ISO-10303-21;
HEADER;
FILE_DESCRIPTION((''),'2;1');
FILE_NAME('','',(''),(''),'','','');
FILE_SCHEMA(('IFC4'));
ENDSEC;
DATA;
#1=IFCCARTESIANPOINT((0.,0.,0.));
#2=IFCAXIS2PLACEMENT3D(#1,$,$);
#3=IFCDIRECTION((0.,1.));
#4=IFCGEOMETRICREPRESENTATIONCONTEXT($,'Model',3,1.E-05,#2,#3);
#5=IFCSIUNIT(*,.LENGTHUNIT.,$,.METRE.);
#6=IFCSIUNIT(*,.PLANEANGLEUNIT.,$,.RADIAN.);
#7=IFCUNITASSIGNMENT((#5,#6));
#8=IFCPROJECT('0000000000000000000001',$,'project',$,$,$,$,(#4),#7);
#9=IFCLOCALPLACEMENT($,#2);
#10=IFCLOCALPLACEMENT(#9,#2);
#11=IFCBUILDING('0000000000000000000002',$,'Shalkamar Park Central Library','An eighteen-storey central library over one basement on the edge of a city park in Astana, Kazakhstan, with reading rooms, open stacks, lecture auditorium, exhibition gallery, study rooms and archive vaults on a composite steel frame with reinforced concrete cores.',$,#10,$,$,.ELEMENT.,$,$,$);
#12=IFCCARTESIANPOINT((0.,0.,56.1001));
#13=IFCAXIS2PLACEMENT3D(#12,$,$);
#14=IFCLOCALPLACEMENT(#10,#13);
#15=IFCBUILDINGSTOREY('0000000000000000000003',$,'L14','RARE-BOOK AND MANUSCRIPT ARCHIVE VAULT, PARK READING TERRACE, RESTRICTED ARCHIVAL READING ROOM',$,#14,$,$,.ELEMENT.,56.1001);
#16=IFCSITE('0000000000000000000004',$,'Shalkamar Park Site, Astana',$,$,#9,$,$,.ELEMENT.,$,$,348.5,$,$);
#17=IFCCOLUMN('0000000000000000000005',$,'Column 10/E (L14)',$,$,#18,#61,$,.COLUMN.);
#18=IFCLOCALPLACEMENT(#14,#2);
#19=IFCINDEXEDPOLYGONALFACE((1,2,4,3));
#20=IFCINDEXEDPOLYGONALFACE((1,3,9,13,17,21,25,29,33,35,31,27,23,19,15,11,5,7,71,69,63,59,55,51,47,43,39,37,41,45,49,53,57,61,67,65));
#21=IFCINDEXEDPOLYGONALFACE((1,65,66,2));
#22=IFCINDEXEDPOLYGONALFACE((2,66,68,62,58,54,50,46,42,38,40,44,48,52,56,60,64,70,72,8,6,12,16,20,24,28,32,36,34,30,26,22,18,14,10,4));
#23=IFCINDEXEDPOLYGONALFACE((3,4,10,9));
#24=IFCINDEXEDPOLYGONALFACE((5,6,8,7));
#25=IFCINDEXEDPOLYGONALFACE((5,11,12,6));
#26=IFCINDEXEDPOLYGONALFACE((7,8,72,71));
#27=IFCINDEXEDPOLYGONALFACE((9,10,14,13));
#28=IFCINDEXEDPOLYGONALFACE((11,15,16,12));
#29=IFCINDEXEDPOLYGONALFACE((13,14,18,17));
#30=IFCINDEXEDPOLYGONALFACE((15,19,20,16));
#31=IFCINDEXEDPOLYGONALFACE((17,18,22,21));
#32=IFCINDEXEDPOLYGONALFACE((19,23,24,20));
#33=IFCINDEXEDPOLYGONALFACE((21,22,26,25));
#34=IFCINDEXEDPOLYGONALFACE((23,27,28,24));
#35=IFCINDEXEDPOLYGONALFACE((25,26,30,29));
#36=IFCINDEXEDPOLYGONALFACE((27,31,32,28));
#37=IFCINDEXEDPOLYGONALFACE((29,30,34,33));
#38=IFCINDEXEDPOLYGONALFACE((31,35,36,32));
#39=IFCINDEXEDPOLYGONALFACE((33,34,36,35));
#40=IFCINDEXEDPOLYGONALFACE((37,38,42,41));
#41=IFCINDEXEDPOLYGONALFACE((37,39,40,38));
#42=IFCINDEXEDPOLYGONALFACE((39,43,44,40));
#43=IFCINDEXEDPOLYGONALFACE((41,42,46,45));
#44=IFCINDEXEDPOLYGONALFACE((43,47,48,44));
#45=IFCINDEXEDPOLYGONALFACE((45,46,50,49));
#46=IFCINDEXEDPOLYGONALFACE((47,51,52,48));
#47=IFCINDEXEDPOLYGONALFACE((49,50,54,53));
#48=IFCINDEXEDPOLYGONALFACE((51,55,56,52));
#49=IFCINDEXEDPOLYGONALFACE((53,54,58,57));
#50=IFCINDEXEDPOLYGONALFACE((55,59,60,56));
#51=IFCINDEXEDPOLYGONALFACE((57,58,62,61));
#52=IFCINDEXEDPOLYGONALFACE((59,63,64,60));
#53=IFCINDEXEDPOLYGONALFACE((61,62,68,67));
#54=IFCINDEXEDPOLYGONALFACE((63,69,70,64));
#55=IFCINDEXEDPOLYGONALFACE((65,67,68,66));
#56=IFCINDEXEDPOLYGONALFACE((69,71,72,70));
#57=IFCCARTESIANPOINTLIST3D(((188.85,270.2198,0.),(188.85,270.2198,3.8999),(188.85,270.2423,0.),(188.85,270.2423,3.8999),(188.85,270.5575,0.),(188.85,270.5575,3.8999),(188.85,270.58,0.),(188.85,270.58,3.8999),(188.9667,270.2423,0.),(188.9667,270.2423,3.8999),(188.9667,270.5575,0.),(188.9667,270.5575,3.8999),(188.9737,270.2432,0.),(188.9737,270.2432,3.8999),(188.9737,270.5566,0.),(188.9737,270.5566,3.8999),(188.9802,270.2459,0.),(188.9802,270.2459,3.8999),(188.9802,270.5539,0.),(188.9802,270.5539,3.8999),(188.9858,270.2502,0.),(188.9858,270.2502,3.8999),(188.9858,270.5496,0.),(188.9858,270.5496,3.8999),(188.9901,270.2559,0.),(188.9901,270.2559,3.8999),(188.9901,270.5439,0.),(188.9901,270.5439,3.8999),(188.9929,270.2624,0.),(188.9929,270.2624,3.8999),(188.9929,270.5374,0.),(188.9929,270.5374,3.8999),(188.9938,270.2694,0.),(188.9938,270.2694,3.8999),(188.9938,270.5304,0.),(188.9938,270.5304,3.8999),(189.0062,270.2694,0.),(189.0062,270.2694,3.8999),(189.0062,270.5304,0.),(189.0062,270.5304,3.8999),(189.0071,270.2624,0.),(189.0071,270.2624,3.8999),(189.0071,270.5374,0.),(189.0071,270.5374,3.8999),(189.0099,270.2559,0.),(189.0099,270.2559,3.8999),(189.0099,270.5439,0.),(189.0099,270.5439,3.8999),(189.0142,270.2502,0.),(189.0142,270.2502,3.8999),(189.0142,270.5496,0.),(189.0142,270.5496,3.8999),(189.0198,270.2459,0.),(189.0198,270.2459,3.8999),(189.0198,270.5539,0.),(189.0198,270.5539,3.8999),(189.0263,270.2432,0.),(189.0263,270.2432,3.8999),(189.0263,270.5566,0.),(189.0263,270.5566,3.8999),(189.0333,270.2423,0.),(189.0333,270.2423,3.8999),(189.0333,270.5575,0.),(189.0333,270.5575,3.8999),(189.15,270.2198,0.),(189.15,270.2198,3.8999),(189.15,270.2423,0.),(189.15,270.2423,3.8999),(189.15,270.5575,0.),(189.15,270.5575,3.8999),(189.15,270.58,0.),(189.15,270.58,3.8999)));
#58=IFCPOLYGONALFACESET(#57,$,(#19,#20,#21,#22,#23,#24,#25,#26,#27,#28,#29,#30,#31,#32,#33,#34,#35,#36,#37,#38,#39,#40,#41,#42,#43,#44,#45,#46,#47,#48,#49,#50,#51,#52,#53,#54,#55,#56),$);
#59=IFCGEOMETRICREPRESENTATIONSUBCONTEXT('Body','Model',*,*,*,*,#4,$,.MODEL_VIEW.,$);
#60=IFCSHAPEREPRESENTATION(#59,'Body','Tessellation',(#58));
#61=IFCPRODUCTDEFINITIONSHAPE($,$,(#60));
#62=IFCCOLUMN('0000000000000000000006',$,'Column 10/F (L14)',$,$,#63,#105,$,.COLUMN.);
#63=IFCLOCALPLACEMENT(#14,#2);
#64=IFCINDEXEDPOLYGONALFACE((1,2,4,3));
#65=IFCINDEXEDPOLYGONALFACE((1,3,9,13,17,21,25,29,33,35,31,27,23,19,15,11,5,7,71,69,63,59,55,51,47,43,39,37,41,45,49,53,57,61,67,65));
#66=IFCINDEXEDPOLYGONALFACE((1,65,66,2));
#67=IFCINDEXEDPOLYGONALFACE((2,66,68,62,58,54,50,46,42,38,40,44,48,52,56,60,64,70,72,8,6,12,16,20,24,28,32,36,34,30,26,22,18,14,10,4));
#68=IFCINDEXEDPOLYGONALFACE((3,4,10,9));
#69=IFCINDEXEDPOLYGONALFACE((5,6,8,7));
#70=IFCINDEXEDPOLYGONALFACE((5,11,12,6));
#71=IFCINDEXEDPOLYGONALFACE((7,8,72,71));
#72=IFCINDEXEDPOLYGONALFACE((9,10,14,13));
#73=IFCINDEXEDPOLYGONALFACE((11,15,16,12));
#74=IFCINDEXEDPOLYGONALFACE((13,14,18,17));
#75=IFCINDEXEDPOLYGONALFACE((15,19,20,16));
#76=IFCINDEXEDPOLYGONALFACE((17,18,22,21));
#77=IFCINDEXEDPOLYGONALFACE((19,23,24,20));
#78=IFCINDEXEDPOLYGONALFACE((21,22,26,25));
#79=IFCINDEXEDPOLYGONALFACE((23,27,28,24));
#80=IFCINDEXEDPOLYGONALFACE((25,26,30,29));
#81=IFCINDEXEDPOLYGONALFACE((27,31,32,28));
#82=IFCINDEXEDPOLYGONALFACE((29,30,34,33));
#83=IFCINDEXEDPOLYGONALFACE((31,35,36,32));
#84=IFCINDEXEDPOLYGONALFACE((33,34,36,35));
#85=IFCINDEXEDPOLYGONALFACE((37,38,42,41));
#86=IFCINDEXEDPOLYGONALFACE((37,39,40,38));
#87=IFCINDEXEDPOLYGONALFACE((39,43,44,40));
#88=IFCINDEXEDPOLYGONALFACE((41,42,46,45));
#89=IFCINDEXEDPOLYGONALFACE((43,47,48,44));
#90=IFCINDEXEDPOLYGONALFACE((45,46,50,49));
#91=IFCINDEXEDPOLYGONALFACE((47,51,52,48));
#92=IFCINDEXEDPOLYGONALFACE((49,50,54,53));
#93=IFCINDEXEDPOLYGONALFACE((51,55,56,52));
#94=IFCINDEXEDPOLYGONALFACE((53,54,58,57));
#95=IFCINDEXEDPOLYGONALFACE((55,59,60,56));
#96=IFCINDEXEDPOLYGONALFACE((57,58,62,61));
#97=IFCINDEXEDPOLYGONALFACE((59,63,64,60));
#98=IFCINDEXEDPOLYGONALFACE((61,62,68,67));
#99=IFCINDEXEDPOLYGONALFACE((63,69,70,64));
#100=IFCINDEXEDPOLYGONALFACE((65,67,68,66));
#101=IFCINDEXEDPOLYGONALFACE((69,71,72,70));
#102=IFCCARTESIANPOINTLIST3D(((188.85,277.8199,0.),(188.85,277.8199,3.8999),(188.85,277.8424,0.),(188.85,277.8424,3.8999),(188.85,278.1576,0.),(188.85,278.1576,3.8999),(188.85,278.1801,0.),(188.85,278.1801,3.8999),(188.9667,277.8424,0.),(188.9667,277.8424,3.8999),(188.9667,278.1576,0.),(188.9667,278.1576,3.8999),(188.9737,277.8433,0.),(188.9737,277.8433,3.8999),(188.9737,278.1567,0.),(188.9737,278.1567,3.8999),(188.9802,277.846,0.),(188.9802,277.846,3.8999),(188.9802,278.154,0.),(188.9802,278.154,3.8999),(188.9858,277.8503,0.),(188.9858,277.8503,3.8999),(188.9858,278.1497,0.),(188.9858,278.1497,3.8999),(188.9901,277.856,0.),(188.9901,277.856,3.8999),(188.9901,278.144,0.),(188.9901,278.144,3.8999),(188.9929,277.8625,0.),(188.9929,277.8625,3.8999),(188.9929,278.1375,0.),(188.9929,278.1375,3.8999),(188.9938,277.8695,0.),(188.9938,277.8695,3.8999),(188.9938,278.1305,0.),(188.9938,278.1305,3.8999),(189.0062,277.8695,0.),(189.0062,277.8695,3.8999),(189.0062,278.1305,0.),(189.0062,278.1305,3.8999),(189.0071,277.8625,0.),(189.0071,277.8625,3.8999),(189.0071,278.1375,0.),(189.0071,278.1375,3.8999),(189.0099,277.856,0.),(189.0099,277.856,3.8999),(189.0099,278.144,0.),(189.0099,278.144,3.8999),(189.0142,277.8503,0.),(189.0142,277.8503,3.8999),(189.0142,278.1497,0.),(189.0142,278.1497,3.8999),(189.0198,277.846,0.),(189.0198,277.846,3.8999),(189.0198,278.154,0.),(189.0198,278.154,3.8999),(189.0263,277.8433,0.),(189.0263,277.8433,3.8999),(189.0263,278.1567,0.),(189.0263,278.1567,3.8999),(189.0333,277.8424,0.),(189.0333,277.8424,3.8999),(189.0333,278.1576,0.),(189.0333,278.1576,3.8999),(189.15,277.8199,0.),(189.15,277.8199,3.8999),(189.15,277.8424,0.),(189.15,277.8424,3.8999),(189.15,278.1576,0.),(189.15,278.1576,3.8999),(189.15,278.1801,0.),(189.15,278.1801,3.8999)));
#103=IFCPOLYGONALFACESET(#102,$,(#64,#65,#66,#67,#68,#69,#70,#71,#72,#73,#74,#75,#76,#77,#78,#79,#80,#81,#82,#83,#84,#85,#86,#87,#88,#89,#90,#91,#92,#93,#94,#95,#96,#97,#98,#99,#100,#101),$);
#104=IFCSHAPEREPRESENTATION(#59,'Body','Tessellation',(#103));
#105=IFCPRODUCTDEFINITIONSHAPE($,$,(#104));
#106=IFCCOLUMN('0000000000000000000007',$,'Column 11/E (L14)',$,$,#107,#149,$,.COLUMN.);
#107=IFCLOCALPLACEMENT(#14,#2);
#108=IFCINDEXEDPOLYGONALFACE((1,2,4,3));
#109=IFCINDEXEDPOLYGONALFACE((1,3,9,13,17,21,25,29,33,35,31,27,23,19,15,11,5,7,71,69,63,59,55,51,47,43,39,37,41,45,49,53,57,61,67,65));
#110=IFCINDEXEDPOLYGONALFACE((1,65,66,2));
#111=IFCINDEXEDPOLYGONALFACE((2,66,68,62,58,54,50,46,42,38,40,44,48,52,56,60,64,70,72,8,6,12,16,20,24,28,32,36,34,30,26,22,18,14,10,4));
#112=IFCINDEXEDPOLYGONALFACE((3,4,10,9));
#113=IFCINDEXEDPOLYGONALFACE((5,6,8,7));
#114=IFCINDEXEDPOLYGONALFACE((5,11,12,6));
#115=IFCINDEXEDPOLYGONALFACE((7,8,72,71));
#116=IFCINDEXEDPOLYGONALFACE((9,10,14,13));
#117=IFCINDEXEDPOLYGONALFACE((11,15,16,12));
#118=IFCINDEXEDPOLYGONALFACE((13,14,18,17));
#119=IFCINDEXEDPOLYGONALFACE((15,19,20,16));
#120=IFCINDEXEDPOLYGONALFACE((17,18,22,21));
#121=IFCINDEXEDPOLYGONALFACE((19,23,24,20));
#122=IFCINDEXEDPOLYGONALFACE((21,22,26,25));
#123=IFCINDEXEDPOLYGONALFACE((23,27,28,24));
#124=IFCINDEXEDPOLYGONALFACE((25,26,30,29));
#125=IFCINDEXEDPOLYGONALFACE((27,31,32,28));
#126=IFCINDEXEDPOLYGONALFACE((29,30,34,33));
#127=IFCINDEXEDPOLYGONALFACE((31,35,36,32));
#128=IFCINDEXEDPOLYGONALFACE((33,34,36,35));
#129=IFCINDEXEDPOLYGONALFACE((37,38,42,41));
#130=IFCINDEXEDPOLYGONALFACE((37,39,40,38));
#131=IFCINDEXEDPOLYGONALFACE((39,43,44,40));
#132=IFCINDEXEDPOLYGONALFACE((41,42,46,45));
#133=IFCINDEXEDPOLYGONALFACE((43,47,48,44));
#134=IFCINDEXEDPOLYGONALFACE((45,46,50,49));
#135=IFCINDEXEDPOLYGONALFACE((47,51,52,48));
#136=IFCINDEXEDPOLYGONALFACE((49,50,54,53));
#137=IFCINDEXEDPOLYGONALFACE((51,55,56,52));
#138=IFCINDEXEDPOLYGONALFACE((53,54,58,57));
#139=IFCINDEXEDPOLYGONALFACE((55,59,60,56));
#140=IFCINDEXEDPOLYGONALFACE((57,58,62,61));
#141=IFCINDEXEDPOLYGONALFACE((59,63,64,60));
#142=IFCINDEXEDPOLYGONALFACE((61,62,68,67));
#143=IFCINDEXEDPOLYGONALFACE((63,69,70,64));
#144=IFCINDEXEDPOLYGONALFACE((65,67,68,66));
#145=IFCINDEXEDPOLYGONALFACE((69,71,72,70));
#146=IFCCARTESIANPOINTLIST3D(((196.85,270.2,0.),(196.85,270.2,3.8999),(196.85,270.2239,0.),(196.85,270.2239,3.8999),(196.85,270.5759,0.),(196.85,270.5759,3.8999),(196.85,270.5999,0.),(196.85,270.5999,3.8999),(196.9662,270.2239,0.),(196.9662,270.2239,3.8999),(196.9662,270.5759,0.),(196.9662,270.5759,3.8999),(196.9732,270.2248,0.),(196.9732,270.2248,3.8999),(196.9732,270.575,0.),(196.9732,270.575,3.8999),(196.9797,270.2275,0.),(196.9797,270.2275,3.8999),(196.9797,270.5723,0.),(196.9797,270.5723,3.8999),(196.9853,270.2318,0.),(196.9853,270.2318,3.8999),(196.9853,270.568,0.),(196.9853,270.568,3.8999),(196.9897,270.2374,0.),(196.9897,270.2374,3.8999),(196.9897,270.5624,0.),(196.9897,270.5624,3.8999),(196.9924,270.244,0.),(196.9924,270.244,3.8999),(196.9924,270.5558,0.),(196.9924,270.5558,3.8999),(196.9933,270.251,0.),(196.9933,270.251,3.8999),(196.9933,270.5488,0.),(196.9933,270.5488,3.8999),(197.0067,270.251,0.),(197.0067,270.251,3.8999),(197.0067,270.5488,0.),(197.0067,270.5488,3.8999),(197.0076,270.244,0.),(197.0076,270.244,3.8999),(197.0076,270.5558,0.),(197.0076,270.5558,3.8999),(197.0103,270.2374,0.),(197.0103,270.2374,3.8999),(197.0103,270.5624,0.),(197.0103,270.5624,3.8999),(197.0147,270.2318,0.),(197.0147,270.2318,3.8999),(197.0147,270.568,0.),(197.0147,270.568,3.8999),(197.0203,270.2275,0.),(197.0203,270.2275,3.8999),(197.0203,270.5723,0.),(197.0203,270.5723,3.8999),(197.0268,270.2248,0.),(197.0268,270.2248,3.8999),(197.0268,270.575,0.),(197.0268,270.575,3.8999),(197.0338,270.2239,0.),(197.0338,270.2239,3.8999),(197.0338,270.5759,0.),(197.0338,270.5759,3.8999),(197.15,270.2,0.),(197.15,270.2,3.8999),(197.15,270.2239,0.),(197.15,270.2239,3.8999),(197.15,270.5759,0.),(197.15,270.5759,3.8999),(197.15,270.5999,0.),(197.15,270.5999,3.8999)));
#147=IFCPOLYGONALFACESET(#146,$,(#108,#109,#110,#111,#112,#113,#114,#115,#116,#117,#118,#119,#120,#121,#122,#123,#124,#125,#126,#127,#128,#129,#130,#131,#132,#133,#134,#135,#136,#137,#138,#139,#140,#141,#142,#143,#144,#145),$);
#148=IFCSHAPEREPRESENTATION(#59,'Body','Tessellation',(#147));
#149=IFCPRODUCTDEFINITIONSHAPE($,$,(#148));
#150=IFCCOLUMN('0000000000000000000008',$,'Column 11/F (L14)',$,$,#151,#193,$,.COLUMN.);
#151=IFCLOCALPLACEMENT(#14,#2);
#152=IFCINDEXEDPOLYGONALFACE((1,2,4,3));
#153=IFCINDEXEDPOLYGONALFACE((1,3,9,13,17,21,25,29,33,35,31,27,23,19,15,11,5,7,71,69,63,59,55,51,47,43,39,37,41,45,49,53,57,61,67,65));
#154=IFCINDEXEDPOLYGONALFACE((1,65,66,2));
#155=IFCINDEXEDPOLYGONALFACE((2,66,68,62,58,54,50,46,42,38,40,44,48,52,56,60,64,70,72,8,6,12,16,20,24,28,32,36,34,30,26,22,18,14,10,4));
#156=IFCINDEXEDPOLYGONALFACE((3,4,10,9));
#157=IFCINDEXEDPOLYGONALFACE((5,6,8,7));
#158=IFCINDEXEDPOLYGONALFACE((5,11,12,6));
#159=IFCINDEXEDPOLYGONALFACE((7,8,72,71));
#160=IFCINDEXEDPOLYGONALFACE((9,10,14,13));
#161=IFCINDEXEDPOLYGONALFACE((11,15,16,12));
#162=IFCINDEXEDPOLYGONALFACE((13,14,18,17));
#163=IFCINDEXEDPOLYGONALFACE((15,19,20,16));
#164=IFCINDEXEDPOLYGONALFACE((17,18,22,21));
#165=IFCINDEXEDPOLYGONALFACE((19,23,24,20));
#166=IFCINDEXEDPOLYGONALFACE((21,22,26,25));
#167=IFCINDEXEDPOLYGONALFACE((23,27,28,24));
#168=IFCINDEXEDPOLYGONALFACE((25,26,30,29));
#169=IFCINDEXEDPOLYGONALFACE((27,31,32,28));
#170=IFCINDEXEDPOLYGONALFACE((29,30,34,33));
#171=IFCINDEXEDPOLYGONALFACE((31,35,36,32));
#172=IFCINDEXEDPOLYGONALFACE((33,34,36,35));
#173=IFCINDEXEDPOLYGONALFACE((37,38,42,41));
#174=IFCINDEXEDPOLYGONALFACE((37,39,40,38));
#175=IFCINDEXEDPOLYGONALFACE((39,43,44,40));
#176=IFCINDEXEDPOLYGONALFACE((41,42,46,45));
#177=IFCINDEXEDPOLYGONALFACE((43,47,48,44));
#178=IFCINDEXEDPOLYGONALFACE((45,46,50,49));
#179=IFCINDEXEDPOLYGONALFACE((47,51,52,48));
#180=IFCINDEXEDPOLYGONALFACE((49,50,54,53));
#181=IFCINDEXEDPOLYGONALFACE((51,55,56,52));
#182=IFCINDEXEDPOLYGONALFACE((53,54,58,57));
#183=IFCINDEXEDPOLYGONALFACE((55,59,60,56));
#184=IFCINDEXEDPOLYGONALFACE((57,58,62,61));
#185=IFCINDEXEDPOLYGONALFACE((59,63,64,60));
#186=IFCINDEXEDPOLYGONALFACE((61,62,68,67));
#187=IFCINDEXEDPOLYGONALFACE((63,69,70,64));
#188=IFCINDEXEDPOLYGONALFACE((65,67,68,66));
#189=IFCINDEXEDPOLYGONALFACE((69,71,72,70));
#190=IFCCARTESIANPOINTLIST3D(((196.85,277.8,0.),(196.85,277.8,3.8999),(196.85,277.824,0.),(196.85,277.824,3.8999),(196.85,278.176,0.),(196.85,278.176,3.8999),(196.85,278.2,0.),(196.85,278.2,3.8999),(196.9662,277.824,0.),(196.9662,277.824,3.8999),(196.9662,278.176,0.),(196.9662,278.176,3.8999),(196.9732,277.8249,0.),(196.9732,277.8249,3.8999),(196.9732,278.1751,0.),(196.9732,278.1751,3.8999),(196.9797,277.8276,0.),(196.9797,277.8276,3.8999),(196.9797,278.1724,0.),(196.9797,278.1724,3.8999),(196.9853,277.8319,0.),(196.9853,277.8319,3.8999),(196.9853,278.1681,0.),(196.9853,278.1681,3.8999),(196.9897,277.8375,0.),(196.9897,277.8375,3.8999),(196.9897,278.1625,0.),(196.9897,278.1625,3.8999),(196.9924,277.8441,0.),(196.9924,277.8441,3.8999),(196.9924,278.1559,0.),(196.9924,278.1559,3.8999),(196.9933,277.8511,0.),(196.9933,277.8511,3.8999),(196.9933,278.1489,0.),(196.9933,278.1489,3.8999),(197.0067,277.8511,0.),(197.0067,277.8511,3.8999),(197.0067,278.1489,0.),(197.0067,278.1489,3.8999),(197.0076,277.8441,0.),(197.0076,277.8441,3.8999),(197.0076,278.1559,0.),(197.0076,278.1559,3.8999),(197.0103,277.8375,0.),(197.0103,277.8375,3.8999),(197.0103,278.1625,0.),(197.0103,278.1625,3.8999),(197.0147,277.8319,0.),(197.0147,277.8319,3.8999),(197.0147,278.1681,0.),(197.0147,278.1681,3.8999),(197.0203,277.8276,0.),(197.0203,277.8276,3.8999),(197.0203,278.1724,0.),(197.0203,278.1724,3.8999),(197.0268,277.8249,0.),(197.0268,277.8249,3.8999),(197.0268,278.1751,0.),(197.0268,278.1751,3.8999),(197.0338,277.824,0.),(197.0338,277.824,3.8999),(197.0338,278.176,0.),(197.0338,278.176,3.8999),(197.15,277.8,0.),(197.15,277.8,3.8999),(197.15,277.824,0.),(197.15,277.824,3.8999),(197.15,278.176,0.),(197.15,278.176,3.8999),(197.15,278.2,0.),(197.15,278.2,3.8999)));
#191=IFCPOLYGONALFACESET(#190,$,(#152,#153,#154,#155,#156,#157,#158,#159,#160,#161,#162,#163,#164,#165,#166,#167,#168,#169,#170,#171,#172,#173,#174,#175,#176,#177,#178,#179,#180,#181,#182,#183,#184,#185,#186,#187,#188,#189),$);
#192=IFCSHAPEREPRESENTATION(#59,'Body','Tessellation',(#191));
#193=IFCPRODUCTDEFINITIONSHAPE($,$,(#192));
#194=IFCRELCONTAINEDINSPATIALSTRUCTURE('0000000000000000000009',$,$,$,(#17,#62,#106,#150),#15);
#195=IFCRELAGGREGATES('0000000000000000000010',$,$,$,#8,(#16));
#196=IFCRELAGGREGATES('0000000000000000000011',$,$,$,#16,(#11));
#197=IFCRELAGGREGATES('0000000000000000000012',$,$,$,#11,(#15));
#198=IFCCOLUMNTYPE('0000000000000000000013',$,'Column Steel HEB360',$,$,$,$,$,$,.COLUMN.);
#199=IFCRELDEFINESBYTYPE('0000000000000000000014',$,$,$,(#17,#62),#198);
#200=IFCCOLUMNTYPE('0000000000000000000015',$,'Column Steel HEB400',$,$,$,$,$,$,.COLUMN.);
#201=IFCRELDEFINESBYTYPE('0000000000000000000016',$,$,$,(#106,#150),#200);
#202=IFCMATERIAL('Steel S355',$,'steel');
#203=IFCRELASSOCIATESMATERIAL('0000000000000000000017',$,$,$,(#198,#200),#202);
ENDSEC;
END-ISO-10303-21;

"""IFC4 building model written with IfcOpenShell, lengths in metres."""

from ifc_helpers import new_model, si_unit, direction, frame, origin, origin_2d, place, context, subcontext, project, spatial, i_section, extrude, material, material_profile, profile_set, type_object, element, save


model = new_model("IFC4")

# Units and contexts
model_context = context("Model", 3, precision=1e-05, world=origin(), true_north=direction((0.0, 1.0)))
body_context = subcontext(model_context, "Body", "Model", "MODEL_VIEW")
ifc_project = project(units=[si_unit("LENGTHUNIT", "METRE"), si_unit("PLANEANGLEUNIT", "RADIAN")], contexts=[model_context])

# Site, building, storey
site_placement = place(None, origin())
site = spatial("IfcSite", under=ifc_project, at=site_placement, Name="Shalkamar Park Site, Astana", CompositionType="ELEMENT", RefElevation=348.5)
building_placement = place(site_placement, origin())
building = spatial("IfcBuilding", under=site, at=building_placement, Name="Shalkamar Park Central Library", Description="An eighteen-storey central library over one basement on the edge of a city park in Astana, Kazakhstan, with reading rooms, open stacks, lecture auditorium, exhibition gallery, study rooms and archive vaults on a composite steel frame with reinforced concrete cores.", CompositionType="ELEMENT")
storey_placement = place(building_placement, frame((0.0, 0.0, 56.1001)))
storey = spatial("IfcBuildingStorey", under=building, at=storey_placement, Name="L14", Description="RARE-BOOK AND MANUSCRIPT ARCHIVE VAULT, PARK READING TERRACE, RESTRICTED ARCHIVAL READING ROOM", CompositionType="ELEMENT", Elevation=56.1001)

# Columns
ifc_material_1 = material(Name="Steel S355", Category="steel")
ifc_material_profile_1 = material_profile(ifc_material_1, i_section(OverallWidth=0.3, OverallDepth=0.3601, WebThickness=0.0125, FlangeThickness=0.0225, FilletRadius=0.0271, at=origin_2d()), Name="HEB 360")
ifc_profile_set_1 = profile_set([ifc_material_profile_1], Name="Steel S355")
column_type_1 = type_object("IfcColumnType", Name="Column Steel HEB360", PredefinedType="COLUMN", material=ifc_profile_set_1)
for number, where, z_axis, x_axis, name in (
    (1, (189.0, 270.3999, 0.0), (0.0, 0.0, 1.0), (1.0, 0.0, 0.0), "Column 10/E (L14)"),
    (2, (189.0, 278.0, 0.0), (0.0, 0.0, 1.0), (1.0, 0.0, 0.0), "Column 10/F (L14)"),
):
    element("IfcColumn", number, at=place(storey_placement, frame(where, z_axis=z_axis, x_axis=x_axis)), inside=storey, type_object=column_type_1, Name=name, PredefinedType="COLUMN", context=body_context, shape_type="SweptSolid", body=[
        extrude(i_section(OverallWidth=0.3, OverallDepth=0.3601, WebThickness=0.0125, FlangeThickness=0.0225, FilletRadius=0.0271, at=origin_2d()), origin(), (0.0, 0.0, 1.0), 3.8999),
    ])
ifc_material_profile_2 = material_profile(ifc_material_1, i_section(OverallWidth=0.3, OverallDepth=0.3999, WebThickness=0.0134, FlangeThickness=0.0239, FilletRadius=0.0271, at=origin_2d()), Name="HEB 400")
ifc_profile_set_2 = profile_set([ifc_material_profile_2], Name="Steel S355")
column_type_2 = type_object("IfcColumnType", Name="Column Steel HEB400", PredefinedType="COLUMN", material=ifc_profile_set_2)
for number, where, z_axis, x_axis, name in (
    (3, (197.0, 270.3999, 0.0), (0.0, 0.0, 1.0), (1.0, 0.0, 0.0), "Column 11/E (L14)"),
    (4, (197.0, 278.0, 0.0), (0.0, 0.0, 1.0), (1.0, 0.0, 0.0), "Column 11/F (L14)"),
):
    element("IfcColumn", number, at=place(storey_placement, frame(where, z_axis=z_axis, x_axis=x_axis)), inside=storey, type_object=column_type_2, Name=name, PredefinedType="COLUMN", context=body_context, shape_type="SweptSolid", body=[
        extrude(i_section(OverallWidth=0.3, OverallDepth=0.3999, WebThickness=0.0134, FlangeThickness=0.0239, FilletRadius=0.0271, at=origin_2d()), origin(), (0.0, 0.0, 1.0), 3.8999),
    ])

save(model, "model.ifc")
